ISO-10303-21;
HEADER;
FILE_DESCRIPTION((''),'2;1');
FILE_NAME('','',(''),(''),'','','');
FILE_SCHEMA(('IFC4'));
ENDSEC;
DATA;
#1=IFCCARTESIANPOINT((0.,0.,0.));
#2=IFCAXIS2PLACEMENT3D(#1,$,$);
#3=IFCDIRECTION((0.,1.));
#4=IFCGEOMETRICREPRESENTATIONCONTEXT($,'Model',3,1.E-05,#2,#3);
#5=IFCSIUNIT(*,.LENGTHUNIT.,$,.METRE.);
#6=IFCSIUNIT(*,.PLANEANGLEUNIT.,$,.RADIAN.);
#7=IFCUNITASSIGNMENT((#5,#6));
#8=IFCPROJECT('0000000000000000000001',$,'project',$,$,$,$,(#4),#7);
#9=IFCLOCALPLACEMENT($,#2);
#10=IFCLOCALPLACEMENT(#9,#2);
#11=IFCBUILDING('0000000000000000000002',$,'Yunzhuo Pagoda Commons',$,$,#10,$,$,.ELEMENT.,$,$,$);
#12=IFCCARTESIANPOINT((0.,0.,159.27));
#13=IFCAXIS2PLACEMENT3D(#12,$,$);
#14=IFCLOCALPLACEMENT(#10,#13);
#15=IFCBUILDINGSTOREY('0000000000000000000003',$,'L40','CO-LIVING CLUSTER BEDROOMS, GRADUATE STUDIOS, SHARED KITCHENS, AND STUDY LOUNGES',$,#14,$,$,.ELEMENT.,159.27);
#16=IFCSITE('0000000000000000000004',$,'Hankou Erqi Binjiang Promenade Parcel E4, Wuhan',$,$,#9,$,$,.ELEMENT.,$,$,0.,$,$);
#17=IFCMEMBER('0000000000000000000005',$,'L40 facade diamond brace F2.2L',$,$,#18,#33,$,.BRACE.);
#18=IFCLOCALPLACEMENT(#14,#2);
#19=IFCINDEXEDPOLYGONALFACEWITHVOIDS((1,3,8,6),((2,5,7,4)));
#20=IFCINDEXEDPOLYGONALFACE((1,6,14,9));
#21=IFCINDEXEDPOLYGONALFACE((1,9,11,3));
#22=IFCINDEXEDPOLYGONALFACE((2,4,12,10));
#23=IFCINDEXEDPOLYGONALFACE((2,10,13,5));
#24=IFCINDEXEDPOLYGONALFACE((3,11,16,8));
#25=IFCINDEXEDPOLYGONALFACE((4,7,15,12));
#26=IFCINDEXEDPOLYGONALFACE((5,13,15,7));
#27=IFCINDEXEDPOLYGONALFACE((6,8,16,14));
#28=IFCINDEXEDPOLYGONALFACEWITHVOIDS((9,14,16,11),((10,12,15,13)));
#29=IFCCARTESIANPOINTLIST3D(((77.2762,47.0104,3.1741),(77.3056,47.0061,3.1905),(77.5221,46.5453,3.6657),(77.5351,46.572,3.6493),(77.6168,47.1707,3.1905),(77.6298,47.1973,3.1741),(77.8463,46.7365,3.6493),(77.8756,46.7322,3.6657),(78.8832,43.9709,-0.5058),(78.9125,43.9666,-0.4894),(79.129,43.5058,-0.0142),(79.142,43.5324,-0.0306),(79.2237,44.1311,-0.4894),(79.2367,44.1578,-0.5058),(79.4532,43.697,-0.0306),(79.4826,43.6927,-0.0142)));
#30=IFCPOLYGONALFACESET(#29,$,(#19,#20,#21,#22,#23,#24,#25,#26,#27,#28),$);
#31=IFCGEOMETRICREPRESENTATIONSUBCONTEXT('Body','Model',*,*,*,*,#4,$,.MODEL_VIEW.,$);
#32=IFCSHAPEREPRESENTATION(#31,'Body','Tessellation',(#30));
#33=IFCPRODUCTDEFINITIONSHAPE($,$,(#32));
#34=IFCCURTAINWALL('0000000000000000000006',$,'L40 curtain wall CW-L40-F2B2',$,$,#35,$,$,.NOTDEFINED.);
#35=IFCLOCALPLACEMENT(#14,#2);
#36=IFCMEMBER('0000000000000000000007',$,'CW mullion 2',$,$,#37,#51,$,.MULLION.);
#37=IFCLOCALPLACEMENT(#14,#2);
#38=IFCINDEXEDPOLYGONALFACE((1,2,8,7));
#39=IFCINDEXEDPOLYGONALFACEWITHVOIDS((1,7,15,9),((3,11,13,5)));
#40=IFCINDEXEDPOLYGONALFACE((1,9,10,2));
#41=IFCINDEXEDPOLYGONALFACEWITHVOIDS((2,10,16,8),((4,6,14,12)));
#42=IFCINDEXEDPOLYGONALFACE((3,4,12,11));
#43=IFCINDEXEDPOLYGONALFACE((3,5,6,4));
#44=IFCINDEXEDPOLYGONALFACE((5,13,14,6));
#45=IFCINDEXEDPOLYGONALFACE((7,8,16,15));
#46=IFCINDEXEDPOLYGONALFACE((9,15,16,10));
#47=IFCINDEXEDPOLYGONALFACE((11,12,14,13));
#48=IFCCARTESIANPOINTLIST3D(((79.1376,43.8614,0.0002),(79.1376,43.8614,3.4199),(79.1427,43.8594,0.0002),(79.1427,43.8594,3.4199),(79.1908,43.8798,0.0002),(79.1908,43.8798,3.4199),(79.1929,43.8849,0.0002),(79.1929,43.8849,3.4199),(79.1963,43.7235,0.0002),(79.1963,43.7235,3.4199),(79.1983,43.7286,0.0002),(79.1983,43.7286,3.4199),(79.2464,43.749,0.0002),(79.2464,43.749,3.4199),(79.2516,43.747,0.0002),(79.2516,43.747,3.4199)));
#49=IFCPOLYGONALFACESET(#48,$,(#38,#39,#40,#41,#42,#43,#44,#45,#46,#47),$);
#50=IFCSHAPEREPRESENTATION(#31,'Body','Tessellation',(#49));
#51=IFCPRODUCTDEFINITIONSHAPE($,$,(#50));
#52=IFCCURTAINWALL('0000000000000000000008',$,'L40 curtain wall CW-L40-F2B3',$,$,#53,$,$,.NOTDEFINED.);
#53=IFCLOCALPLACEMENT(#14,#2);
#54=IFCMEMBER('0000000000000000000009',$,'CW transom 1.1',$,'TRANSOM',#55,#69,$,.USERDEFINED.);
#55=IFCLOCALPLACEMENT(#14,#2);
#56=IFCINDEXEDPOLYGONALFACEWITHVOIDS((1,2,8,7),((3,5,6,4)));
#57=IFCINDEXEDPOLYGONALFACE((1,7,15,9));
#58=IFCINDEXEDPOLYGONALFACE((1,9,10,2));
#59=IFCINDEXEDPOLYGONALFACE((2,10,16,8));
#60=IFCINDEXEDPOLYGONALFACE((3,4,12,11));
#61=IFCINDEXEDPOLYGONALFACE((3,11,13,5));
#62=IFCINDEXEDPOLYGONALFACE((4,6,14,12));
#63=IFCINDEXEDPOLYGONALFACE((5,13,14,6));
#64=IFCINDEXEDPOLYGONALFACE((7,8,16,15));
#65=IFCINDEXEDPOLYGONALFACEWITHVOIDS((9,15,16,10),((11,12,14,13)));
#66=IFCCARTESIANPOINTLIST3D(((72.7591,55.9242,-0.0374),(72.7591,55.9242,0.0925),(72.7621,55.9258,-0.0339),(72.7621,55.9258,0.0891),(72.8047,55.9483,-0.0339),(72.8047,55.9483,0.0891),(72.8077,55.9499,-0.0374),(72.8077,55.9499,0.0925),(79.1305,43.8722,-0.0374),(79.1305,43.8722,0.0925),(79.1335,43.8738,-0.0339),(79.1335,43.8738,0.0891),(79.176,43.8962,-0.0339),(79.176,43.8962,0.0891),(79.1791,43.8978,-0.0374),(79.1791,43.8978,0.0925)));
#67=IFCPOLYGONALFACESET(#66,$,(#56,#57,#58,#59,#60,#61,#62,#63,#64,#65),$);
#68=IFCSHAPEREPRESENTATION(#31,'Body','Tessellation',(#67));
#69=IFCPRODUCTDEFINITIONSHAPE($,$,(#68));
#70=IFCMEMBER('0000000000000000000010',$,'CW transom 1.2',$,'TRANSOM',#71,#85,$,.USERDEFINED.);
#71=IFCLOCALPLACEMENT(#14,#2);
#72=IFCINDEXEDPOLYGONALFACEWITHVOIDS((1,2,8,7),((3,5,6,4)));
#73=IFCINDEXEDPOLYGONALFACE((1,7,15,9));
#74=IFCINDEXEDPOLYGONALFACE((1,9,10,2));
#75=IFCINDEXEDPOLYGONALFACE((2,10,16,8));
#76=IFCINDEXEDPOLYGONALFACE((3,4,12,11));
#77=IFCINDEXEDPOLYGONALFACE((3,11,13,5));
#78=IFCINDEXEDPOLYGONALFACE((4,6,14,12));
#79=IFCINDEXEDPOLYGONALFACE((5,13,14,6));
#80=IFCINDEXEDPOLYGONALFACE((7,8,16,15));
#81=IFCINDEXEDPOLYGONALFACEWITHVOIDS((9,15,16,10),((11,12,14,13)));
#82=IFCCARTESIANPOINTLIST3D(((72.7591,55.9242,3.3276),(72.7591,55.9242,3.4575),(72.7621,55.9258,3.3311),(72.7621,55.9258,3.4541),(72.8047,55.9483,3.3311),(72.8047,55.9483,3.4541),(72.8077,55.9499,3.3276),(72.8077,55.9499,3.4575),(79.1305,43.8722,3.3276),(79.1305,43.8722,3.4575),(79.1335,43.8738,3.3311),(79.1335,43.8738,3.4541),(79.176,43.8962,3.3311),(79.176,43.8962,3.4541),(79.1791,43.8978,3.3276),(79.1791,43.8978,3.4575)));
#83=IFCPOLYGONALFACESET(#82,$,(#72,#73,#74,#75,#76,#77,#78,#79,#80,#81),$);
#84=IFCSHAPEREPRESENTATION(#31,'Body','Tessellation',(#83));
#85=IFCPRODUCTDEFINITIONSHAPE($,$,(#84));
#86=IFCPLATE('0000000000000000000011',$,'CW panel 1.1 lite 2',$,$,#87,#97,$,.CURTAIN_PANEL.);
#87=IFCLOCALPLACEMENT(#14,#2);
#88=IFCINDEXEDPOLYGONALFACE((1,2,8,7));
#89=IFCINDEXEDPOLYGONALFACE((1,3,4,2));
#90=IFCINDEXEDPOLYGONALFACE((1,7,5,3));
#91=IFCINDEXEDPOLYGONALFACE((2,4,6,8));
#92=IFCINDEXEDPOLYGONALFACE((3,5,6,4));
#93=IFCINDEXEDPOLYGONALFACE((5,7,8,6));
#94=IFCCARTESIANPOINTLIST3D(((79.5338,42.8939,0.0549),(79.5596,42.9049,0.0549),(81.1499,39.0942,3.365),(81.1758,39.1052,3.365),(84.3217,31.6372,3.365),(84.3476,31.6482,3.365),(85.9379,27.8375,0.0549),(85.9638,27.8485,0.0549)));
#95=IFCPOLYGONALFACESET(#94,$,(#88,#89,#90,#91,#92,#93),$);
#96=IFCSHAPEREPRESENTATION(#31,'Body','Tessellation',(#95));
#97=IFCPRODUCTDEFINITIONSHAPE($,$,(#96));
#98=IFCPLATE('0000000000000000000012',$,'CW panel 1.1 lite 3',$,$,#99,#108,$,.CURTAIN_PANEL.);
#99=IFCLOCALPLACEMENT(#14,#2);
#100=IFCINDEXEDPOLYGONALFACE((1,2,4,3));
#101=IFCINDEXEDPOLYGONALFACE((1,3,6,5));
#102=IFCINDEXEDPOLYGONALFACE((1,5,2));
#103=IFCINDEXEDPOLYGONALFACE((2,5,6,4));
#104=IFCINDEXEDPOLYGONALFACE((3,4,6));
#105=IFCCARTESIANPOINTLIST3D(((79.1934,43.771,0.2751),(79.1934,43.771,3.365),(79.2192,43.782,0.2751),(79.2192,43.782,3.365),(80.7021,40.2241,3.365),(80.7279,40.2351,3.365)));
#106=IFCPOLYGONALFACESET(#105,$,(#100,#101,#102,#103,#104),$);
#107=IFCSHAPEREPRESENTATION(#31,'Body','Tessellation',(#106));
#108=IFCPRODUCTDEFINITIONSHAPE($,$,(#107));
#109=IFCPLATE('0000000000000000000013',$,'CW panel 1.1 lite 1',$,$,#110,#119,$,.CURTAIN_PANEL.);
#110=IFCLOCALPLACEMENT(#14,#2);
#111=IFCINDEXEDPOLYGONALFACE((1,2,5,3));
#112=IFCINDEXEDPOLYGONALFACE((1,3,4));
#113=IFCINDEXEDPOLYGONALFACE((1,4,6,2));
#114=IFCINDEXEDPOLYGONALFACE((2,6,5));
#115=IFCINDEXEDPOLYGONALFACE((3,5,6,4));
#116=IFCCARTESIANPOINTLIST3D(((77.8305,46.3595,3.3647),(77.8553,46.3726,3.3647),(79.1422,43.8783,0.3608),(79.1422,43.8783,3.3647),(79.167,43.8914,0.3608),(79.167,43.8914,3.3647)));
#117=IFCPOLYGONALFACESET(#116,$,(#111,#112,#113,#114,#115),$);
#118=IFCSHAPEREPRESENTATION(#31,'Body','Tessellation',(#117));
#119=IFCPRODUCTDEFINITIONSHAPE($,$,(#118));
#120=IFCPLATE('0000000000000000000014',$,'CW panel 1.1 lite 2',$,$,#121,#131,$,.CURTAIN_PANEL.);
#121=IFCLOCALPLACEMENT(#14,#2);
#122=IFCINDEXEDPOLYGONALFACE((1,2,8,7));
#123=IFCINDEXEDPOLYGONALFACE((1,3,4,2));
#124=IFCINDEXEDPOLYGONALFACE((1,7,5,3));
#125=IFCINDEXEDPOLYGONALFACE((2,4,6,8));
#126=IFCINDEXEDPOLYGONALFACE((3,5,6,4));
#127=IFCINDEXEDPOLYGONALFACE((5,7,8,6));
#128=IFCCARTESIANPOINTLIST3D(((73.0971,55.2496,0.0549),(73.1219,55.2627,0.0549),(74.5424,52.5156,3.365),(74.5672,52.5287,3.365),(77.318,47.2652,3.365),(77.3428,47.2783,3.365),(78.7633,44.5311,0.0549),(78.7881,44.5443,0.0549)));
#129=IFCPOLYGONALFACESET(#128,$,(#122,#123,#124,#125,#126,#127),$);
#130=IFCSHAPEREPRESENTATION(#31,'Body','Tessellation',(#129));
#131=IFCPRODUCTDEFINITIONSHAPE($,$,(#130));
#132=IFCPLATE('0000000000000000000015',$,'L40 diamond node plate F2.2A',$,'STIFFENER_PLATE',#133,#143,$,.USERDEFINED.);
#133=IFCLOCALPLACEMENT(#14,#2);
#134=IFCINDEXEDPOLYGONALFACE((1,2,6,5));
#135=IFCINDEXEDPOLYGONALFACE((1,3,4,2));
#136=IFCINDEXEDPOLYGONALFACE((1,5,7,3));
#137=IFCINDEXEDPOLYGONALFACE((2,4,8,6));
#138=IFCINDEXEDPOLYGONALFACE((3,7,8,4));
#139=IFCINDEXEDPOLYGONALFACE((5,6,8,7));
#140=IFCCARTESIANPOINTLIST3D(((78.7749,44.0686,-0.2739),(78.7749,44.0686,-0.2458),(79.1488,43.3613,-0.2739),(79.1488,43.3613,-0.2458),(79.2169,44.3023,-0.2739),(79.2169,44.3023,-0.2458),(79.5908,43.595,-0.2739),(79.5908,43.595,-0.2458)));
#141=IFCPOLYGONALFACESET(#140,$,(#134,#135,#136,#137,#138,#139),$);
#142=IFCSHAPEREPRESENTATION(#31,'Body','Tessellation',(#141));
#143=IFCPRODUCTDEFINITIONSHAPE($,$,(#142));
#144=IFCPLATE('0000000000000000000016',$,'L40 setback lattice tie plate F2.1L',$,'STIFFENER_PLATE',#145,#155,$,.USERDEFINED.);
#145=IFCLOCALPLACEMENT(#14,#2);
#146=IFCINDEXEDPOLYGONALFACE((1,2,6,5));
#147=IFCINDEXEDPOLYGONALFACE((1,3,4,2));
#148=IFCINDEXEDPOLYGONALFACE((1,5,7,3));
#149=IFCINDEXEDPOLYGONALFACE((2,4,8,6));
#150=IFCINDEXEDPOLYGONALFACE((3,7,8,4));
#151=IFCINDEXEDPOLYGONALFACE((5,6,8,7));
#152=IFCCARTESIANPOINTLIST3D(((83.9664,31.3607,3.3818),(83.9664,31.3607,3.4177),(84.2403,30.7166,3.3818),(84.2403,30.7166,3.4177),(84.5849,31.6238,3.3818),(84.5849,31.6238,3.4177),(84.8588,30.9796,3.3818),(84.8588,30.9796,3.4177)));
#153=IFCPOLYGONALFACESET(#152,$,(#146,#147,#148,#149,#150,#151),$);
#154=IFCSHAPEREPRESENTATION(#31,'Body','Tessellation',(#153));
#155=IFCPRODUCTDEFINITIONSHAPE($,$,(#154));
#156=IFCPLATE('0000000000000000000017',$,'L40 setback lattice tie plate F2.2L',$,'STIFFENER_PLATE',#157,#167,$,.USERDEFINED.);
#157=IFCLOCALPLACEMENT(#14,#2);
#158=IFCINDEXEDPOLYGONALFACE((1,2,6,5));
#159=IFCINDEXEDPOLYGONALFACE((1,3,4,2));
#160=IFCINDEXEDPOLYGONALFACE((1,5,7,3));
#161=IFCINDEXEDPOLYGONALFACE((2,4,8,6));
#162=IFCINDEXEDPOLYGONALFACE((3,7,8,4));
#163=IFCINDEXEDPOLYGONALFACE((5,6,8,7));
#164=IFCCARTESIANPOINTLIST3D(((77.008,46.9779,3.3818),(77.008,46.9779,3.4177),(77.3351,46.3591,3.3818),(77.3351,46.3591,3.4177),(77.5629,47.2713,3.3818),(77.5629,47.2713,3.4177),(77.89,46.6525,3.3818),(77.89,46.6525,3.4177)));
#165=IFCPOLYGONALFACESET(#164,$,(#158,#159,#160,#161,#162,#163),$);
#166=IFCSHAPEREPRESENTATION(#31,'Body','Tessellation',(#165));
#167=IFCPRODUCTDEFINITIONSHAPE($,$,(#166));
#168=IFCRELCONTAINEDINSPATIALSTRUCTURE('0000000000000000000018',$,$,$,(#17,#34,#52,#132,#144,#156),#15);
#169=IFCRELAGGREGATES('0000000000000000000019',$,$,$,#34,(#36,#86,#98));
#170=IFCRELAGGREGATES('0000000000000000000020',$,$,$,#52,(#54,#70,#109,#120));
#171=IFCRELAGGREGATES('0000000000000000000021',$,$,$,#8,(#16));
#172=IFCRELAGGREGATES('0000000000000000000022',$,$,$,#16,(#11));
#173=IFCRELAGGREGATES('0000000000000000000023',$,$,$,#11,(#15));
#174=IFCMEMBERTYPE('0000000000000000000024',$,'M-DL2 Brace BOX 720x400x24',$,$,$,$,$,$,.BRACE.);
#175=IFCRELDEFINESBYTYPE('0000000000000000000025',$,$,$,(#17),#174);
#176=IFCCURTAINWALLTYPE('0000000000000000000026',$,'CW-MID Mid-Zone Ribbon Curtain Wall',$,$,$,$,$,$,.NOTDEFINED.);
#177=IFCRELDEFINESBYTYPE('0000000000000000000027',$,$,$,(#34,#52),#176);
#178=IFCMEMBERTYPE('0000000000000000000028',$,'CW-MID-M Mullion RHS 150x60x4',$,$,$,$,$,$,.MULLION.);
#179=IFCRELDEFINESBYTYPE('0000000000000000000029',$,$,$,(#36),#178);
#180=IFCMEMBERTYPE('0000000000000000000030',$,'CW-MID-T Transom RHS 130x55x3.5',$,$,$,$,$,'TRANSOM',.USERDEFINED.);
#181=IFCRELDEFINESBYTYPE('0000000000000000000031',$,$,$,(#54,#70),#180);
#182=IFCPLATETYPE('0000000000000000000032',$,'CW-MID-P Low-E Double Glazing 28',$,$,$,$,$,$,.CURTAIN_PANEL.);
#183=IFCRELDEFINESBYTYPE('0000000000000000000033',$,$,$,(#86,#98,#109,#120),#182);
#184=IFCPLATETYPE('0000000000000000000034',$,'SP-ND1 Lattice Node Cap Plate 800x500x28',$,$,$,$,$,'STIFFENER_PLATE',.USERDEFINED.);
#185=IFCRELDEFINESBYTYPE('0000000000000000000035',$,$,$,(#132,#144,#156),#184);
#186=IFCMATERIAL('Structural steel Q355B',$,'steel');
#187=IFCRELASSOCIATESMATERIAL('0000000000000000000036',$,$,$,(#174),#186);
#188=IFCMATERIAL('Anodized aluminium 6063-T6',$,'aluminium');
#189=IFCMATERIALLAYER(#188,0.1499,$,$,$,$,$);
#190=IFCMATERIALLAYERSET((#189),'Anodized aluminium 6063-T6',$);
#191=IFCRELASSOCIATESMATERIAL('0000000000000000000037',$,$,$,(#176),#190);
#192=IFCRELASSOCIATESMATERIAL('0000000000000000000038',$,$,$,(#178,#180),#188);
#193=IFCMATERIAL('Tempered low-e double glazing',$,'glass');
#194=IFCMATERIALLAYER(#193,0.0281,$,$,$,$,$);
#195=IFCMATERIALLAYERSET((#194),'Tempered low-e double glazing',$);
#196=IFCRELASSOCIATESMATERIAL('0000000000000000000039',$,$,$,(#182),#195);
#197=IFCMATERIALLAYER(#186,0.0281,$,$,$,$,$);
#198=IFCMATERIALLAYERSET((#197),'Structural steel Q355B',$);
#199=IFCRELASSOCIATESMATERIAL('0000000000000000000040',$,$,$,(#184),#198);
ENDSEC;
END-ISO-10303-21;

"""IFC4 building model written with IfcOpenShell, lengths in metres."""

from ifc_helpers import new_model, si_unit, direction, frame, origin, origin_2d, place, context, subcontext, project, spatial, polyline, rectangle, hollow_rectangle, outline, extrude, source, transform, mapped, material, layer, layer_set, material_profile, profile_set, type_object, element, aggregate, save


model = new_model("IFC4")

# Units and contexts
model_context = context("Model", 3, precision=1e-05, world=origin(), true_north=direction((0.0, 1.0)))
body_context = subcontext(model_context, "Body", "Model", "MODEL_VIEW")
ifc_project = project(units=[si_unit("LENGTHUNIT", "METRE"), si_unit("PLANEANGLEUNIT", "RADIAN")], contexts=[model_context])

# Site, building, storey
site_placement = place(None, origin())
site = spatial("IfcSite", under=ifc_project, at=site_placement, Name="Hankou Erqi Binjiang Promenade Parcel E4, Wuhan", CompositionType="ELEMENT", RefElevation=0.0)
building_placement = place(site_placement, origin())
building = spatial("IfcBuilding", under=site, at=building_placement, Name="Yunzhuo Pagoda Commons", CompositionType="ELEMENT")
storey_placement = place(building_placement, frame((0.0, 0.0, 159.27)))
storey = spatial("IfcBuildingStorey", under=building, at=storey_placement, Name="L40", Description="CO-LIVING CLUSTER BEDROOMS, GRADUATE STUDIOS, SHARED KITCHENS, AND STUDY LOUNGES", CompositionType="ELEMENT", Elevation=159.27)

# Shared definitions
ifc_material_1 = material(Name="Structural steel Q355B", Category="steel")

# Member
ifc_material_profile_1 = material_profile(ifc_material_1, hollow_rectangle(XDim=0.3999, YDim=0.72, WallThickness=0.0239, at=origin_2d()), Name="Structural steel Q355B")
ifc_profile_set_1 = profile_set([ifc_material_profile_1], Name="Structural steel Q355B")
member_type_1 = type_object("IfcMemberType", Name="M-DL2 Brace BOX 720x400x24", PredefinedType="BRACE", material=ifc_profile_set_1)
shared_shape_1 = source(origin(), body_context, "Body", "SweptSolid", [
    extrude(hollow_rectangle(XDim=0.3999, YDim=0.72, WallThickness=0.0239, at=origin_2d()), origin(), (0.0, 0.0, 1.0), 5.0361),
])
member_1_placement = place(storey_placement, frame((79.1829, 43.8318, -0.26), z_axis=(-0.319079, 0.603544, 0.730701), x_axis=(-0.884057, -0.467379, 0.0)))
element("IfcMember", 1, at=member_1_placement, inside=storey, type_object=member_type_1, Name="L40 facade diamond brace F2.2L", PredefinedType="BRACE", context=body_context, shape_type="MappedRepresentation", body=[
    mapped(shared_shape_1, transform((0.0, 0.0, 0.0), scale=1.0)),
])

# Curtain wall, member
ifc_material_2 = material(Name="Anodized aluminium 6063-T6", Category="aluminium")
ifc_layer_1 = layer(ifc_material_2, 0.1499)
ifc_layer_set_1 = layer_set([ifc_layer_1], Name="Anodized aluminium 6063-T6")
curtain_wall_type = type_object("IfcCurtainWallType", Name="CW-MID Mid-Zone Ribbon Curtain Wall", PredefinedType="NOTDEFINED", material=ifc_layer_set_1)
curtain_wall_1_placement = place(storey_placement, origin())
curtain_wall_1 = element("IfcCurtainWall", 2, at=curtain_wall_1_placement, inside=storey, type_object=curtain_wall_type, Name="L40 curtain wall CW-L40-F2B2", PredefinedType="NOTDEFINED")
ifc_material_profile_2 = material_profile(ifc_material_2, hollow_rectangle(XDim=0.0601, YDim=0.1499, WallThickness=0.0039, at=origin_2d()), Name="Anodized aluminium 6063-T6")
ifc_profile_set_2 = profile_set([ifc_material_profile_2], Name="Anodized aluminium 6063-T6")
member_type_2 = type_object("IfcMemberType", Name="CW-MID-M Mullion RHS 150x60x4", PredefinedType="MULLION", material=ifc_profile_set_2)
shared_shape_2 = source(origin(), body_context, "Body", "SweptSolid", [
    extrude(hollow_rectangle(XDim=0.0601, YDim=0.1499, WallThickness=0.0039, at=origin_2d()), origin(), (0.0, 0.0, 1.0), 3.4197),
])
member_2_placement = place(storey_placement, frame((79.1946, 43.8042, 0.0002), z_axis=(0.0, 0.0, 1.0), x_axis=(-0.920217, -0.391409, 0.0)))
member_2 = element("IfcMember", 3, at=member_2_placement, type_object=member_type_2, Name="CW mullion 2", PredefinedType="MULLION", context=body_context, shape_type="MappedRepresentation", body=[
    mapped(shared_shape_2, transform((0.0, 0.0, 0.0), scale=1.0)),
])

# Curtain wall, members
curtain_wall_2_placement = place(storey_placement, origin())
curtain_wall_2 = element("IfcCurtainWall", 4, at=curtain_wall_2_placement, inside=storey, type_object=curtain_wall_type, Name="L40 curtain wall CW-L40-F2B3", PredefinedType="NOTDEFINED")
ifc_material_profile_3 = material_profile(ifc_material_2, hollow_rectangle(XDim=0.0549, YDim=0.1299, WallThickness=0.0034, at=origin_2d()), Name="Anodized aluminium 6063-T6")
ifc_profile_set_3 = profile_set([ifc_material_profile_3], Name="Anodized aluminium 6063-T6")
member_type_3 = type_object("IfcMemberType", Name="CW-MID-T Transom RHS 130x55x3.5", ElementType="TRANSOM", PredefinedType="USERDEFINED", material=ifc_profile_set_3)
shared_shape_3 = source(origin(), body_context, "Body", "SweptSolid", [
    extrude(hollow_rectangle(XDim=0.0549, YDim=0.1299, WallThickness=0.0034, at=origin_2d()), origin(), (0.0, 0.0, 1.0), 13.6326),
])
member_3_placement = place(storey_placement, frame((79.1548, 43.885, 0.0276), z_axis=(-0.467364, 0.884065, 0.0), x_axis=(-0.884065, -0.467364, 0.0)))
member_3 = element("IfcMember", 5, at=member_3_placement, type_object=member_type_3, Name="CW transom 1.1", ObjectType="TRANSOM", PredefinedType="USERDEFINED", context=body_context, shape_type="MappedRepresentation", body=[
    mapped(shared_shape_3, transform((0.0, 0.0, 0.0), scale=1.0)),
])
member_4_placement = place(storey_placement, frame((79.1548, 43.885, 3.3926), z_axis=(-0.467364, 0.884065, 0.0), x_axis=(-0.884065, -0.467364, 0.0)))
member_4 = element("IfcMember", 6, at=member_4_placement, type_object=member_type_3, Name="CW transom 1.2", ObjectType="TRANSOM", PredefinedType="USERDEFINED", context=body_context, shape_type="MappedRepresentation", body=[
    mapped(shared_shape_3, transform((0.0, 0.0, 0.0), scale=1.0)),
])

# Plates
ifc_material_3 = material(Name="Tempered low-e double glazing", Category="glass")
ifc_layer_2 = layer(ifc_material_3, 0.0281)
ifc_layer_set_2 = layer_set([ifc_layer_2], Name="Tempered low-e double glazing")
plate_type_1 = type_object("IfcPlateType", Name="CW-MID-P Low-E Double Glazing 28", PredefinedType="CURTAIN_PANEL", material=ifc_layer_set_2)
plate_1_placement = place(storey_placement, frame((82.7358, 35.3657, 1.71), z_axis=(0.920217, 0.391409, 0.0), x_axis=(-0.391409, 0.920217, 0.0)))
plate_1 = element("IfcPlate", 7, at=plate_1_placement, type_object=plate_type_1, Name="CW panel 1.1 lite 2", PredefinedType="CURTAIN_PANEL", context=body_context, shape_type="SweptSolid", body=[
    extrude(outline(polyline([(-8.1809, -1.655), (8.1809, -1.655), (4.0518, 1.655), (-4.0518, 1.655), (-8.1809, -1.655)])), origin(), (0.0, 0.0, 1.0), 0.0281),
])
plate_2_placement = place(storey_placement, frame((79.9478, 41.9976, 1.8201), z_axis=(0.920217, 0.391409, 0.0), x_axis=(-0.391409, 0.920217, 0.0)))
plate_2 = element("IfcPlate", 8, at=plate_2_placement, type_object=plate_type_1, Name="CW panel 1.1 lite 3", PredefinedType="CURTAIN_PANEL", context=body_context, shape_type="SweptSolid", body=[
    extrude(outline(polyline([(-1.9272, 1.5449), (1.9272, -1.5449), (1.9272, 1.5449), (-1.9272, 1.5449)])), origin(), (0.0, 0.0, 1.0), 0.0281),
])
aggregate(curtain_wall_1, [member_2, plate_1, plate_2])
plate_3_placement = place(storey_placement, frame((78.4863, 45.1189, 1.8628), z_axis=(0.884069, 0.467357, 0.0), x_axis=(-0.467357, 0.884069, 0.0)))
plate_3 = element("IfcPlate", 9, at=plate_3_placement, type_object=plate_type_1, Name="CW panel 1.1 lite 1", PredefinedType="CURTAIN_PANEL", context=body_context, shape_type="SweptSolid", body=[
    extrude(outline(polyline([(-1.4033, -1.502), (1.4033, 1.502), (-1.4033, 1.502), (-1.4033, -1.502)])), origin(), (0.0, 0.0, 1.0), 0.0281),
])
plate_4_placement = place(storey_placement, frame((75.9302, 49.8904, 1.71), z_axis=(0.884069, 0.467357, 0.0), x_axis=(-0.467357, 0.884069, 0.0)))
plate_4 = element("IfcPlate", 10, at=plate_4_placement, type_object=plate_type_1, Name="CW panel 1.1 lite 2", PredefinedType="CURTAIN_PANEL", context=body_context, shape_type="SweptSolid", body=[
    extrude(outline(polyline([(-6.062, -1.655), (6.062, -1.655), (2.9695, 1.655), (-2.9695, 1.655), (-6.062, -1.655)])), origin(), (0.0, 0.0, 1.0), 0.0281),
])
aggregate(curtain_wall_2, [member_3, member_4, plate_3, plate_4])

# Plates
ifc_layer_3 = layer(ifc_material_1, 0.0281)
ifc_layer_set_3 = layer_set([ifc_layer_3], Name="Structural steel Q355B")
plate_type_2 = type_object("IfcPlateType", Name="SP-ND1 Lattice Node Cap Plate 800x500x28", ElementType="STIFFENER_PLATE", PredefinedType="USERDEFINED", material=ifc_layer_set_3)
shared_shape_4 = source(origin(), body_context, "Body", "SweptSolid", [
    extrude(rectangle(XDim=0.8, YDim=0.5, at=origin_2d()), origin(), (0.0, 0.0, 1.0), 0.0281),
])
plate_5_placement = place(storey_placement, frame((79.1829, 43.8318, -0.2739), z_axis=(0.0, 0.0, 1.0), x_axis=(-0.467359, 0.884068, 0.0)))
element("IfcPlate", 11, at=plate_5_placement, inside=storey, type_object=plate_type_2, Name="L40 diamond node plate F2.2A", ObjectType="STIFFENER_PLATE", PredefinedType="USERDEFINED", context=body_context, shape_type="MappedRepresentation", body=[
    mapped(shared_shape_4, transform((0.0, 0.0, 0.0), scale=1.0)),
])
shared_shape_5 = source(origin(), body_context, "Body", "SweptSolid", [
    extrude(rectangle(XDim=0.7, YDim=0.6721, at=origin_2d()), origin(), (0.0, 0.0, 1.0), 0.0359),
])
plate_6_placement = place(storey_placement, frame((84.4126, 31.1702, 3.3818), z_axis=(0.0, 0.0, 1.0), x_axis=(-0.391406, 0.920218, 0.0)))
element("IfcPlate", 12, at=plate_6_placement, inside=storey, type_object=plate_type_2, Name="L40 setback lattice tie plate F2.1L", ObjectType="STIFFENER_PLATE", PredefinedType="USERDEFINED", context=body_context, shape_type="MappedRepresentation", body=[
    mapped(shared_shape_5, transform((0.0, 0.0, 0.0), scale=1.0)),
])
shared_shape_6 = source(origin(), body_context, "Body", "SweptSolid", [
    extrude(rectangle(XDim=0.7, YDim=0.6277, at=origin_2d()), origin(), (0.0, 0.0, 1.0), 0.0359),
])
plate_7_placement = place(storey_placement, frame((77.449, 46.8152, 3.3818), z_axis=(0.0, 0.0, 1.0), x_axis=(-0.467359, 0.884068, 0.0)))
element("IfcPlate", 13, at=plate_7_placement, inside=storey, type_object=plate_type_2, Name="L40 setback lattice tie plate F2.2L", ObjectType="STIFFENER_PLATE", PredefinedType="USERDEFINED", context=body_context, shape_type="MappedRepresentation", body=[
    mapped(shared_shape_6, transform((0.0, 0.0, 0.0), scale=1.0)),
])

save(model, "model.ifc")
